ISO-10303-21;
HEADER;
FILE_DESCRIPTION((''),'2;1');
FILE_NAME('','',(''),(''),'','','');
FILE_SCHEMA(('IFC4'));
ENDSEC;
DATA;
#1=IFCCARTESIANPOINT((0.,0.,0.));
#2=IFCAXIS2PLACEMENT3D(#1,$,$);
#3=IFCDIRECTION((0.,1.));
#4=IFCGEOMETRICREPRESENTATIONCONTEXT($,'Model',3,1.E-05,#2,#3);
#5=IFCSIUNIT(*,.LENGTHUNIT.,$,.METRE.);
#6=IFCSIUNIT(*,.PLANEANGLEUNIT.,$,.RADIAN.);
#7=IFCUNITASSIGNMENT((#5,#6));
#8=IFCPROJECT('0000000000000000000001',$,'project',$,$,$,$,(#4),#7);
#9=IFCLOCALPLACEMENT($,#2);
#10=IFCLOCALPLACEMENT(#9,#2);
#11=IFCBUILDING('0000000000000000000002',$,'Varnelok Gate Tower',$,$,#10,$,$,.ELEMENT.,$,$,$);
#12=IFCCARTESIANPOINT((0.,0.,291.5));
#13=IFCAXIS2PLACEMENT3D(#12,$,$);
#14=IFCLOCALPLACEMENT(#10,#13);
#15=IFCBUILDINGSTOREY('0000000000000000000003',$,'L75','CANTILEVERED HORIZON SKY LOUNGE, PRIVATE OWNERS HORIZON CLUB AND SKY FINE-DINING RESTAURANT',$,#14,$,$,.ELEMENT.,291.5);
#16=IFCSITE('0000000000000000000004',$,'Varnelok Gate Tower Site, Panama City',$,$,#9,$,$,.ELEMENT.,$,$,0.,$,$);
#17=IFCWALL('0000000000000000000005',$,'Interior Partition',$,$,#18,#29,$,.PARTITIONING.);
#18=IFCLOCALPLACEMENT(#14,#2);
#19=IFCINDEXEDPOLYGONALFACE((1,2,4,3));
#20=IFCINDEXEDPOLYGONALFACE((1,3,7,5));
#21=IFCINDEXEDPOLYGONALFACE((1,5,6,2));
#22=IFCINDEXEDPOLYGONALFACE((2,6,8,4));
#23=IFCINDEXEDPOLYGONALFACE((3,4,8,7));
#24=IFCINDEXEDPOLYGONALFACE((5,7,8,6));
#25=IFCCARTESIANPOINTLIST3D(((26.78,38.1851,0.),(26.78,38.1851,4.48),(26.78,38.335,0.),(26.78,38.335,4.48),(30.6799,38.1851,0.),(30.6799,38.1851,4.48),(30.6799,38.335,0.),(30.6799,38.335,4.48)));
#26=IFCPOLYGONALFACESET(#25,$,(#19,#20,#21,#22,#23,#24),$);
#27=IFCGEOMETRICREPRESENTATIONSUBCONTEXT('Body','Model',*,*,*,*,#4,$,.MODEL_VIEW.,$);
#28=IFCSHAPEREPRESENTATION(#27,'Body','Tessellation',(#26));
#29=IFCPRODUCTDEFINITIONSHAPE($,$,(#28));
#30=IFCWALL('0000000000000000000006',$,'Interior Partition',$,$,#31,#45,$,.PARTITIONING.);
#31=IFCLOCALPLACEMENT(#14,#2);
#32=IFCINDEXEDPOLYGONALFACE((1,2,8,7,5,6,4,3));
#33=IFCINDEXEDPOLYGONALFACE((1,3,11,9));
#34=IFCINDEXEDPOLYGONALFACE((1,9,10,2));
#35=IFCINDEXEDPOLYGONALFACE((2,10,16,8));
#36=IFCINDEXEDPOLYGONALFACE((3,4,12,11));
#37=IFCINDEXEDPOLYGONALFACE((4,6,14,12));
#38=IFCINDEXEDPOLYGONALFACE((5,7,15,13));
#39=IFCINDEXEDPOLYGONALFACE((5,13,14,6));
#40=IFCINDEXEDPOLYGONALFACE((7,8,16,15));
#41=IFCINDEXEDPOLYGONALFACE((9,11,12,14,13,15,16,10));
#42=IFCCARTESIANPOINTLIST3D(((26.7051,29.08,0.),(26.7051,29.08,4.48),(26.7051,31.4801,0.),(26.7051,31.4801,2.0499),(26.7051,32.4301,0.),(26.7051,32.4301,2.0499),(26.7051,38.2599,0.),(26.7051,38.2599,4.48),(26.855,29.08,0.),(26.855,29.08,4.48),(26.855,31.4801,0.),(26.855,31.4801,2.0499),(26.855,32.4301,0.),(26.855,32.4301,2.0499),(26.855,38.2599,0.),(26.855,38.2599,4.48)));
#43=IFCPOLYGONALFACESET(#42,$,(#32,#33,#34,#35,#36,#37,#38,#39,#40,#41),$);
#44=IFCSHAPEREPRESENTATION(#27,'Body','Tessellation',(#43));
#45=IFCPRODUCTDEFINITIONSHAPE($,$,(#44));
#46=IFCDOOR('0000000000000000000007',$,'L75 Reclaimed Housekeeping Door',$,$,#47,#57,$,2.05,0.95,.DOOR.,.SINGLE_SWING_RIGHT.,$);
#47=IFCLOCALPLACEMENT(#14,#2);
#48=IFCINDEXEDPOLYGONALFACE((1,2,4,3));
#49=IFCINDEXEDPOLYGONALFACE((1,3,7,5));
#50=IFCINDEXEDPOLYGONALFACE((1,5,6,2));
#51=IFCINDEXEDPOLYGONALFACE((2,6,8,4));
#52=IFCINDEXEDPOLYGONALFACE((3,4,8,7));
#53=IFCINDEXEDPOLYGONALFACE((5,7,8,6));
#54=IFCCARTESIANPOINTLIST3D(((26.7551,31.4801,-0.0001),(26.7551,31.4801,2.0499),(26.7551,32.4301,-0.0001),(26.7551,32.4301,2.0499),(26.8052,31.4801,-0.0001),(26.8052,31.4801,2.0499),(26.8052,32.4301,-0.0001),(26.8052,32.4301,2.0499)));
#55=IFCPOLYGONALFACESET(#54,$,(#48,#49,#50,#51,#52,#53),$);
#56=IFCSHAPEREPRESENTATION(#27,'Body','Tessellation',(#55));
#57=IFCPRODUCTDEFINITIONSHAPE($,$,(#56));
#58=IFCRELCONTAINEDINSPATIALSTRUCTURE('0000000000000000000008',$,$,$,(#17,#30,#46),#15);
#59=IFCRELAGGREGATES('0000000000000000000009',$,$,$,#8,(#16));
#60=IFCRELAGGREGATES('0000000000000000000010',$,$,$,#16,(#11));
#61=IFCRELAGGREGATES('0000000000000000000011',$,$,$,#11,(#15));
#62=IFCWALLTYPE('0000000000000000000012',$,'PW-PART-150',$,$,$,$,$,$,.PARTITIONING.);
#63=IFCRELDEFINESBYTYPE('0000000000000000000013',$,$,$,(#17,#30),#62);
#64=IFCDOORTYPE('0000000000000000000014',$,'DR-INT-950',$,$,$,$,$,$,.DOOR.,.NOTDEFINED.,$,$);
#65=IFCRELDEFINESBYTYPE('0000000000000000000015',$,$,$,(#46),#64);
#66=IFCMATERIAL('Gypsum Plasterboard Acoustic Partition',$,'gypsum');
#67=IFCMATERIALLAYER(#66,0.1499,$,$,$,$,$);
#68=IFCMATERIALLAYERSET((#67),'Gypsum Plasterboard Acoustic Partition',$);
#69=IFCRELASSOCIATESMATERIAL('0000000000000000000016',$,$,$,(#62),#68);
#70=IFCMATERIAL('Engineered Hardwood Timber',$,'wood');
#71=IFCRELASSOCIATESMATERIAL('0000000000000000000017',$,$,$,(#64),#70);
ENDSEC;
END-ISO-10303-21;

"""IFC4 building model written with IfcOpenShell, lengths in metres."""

from ifc_helpers import new_model, si_unit, direction, frame, frame_2d, origin, place, context, subcontext, project, spatial, rectangle, extrude, material, layer, layer_set, type_object, element, fill, save


model = new_model("IFC4")

# Units and contexts
model_context = context("Model", 3, precision=1e-05, world=origin(), true_north=direction((0.0, 1.0)))
body_context = subcontext(model_context, "Body", "Model", "MODEL_VIEW")
ifc_project = project(units=[si_unit("LENGTHUNIT", "METRE"), si_unit("PLANEANGLEUNIT", "RADIAN")], contexts=[model_context])

# Site, building, storey
site_placement = place(None, origin())
site = spatial("IfcSite", under=ifc_project, at=site_placement, Name="Varnelok Gate Tower Site, Panama City", CompositionType="ELEMENT", RefElevation=0.0)
building_placement = place(site_placement, origin())
building = spatial("IfcBuilding", under=site, at=building_placement, Name="Varnelok Gate Tower", CompositionType="ELEMENT")
storey_placement = place(building_placement, frame((0.0, 0.0, 291.5)))
storey = spatial("IfcBuildingStorey", under=building, at=storey_placement, Name="L75", Description="CANTILEVERED HORIZON SKY LOUNGE, PRIVATE OWNERS HORIZON CLUB AND SKY FINE-DINING RESTAURANT", CompositionType="ELEMENT", Elevation=291.5)

# Shared definitions
ifc_material_1 = material(Name="Gypsum Plasterboard Acoustic Partition", Category="gypsum")

# Shared definitions
ifc_layer_1 = layer(ifc_material_1, 0.1499)
ifc_layer_set_1 = layer_set([ifc_layer_1], Name="Gypsum Plasterboard Acoustic Partition")
wall_type_1 = type_object("IfcWallType", Name="PW-PART-150", PredefinedType="PARTITIONING", material=ifc_layer_set_1)
ifc_material_2 = material(Name="Engineered Hardwood Timber", Category="wood")

# Wall
wall_1_placement = place(storey_placement, frame((26.78, 38.26, 0.0), z_axis=(0.0, 0.0, 1.0), x_axis=(1.0, 0.0, 0.0)))
element("IfcWall", 1, at=wall_1_placement, inside=storey, type_object=wall_type_1, Name="Interior Partition", PredefinedType="PARTITIONING", context=body_context, shape_type="SweptSolid", body=[
    extrude(rectangle(XDim=3.8999, YDim=0.1499, at=frame_2d((1.95, 0.0))), origin(), (0.0, 0.0, 1.0), 4.48),
])

# Wall, opening, door
wall_2_placement = place(storey_placement, frame((26.78, 29.0801, 0.0), z_axis=(0.0, 0.0, 1.0), x_axis=(0.0, 1.0, 0.0)))
wall_2 = element("IfcWall", 2, at=wall_2_placement, inside=storey, type_object=wall_type_1, Name="Interior Partition", PredefinedType="PARTITIONING", context=body_context, shape_type="SweptSolid", body=[
    extrude(rectangle(XDim=9.1799, YDim=0.1499, at=frame_2d((4.5898, 0.0))), origin(), (0.0, 0.0, 1.0), 4.48),
])
opening_1_placement = place(wall_2_placement, frame((2.3999, 0.0, 0.0)))
opening_1 = element("IfcOpeningElement", 3, at=opening_1_placement, cuts=wall_2, PredefinedType="OPENING", context=body_context, shape_type="SweptSolid", body=[
    extrude(rectangle(XDim=0.95, YDim=2.05, at=frame_2d((0.4751, 1.0249))), frame((0.0, 0.085, 0.0), z_axis=(0.0, -1.0, 0.0), x_axis=(1.0, 0.0, 0.0)), (0.0, 0.0, 1.0), 0.1699),
])
door_type_1 = type_object("IfcDoorType", Name="DR-INT-950", OperationType="NOTDEFINED", PredefinedType="DOOR", material=ifc_material_2)
door_1_placement = place(opening_1_placement, origin())
door_1 = element("IfcDoor", 4, at=door_1_placement, inside=storey, type_object=door_type_1, Name="L75 Reclaimed Housekeeping Door", OperationType="SINGLE_SWING_RIGHT", OverallHeight=2.05, OverallWidth=0.95, PredefinedType="DOOR", context=body_context, shape_type="SweptSolid", body=[
    extrude(rectangle(XDim=0.95, YDim=2.05, at=frame_2d((0.4751, 1.0249))), frame((0.0, 0.0249, 0.0), z_axis=(0.0, -1.0, 0.0), x_axis=(1.0, 0.0, 0.0)), (0.0, 0.0, 1.0), 0.05),
])
fill(opening_1, door_1)

save(model, "model.ifc")
